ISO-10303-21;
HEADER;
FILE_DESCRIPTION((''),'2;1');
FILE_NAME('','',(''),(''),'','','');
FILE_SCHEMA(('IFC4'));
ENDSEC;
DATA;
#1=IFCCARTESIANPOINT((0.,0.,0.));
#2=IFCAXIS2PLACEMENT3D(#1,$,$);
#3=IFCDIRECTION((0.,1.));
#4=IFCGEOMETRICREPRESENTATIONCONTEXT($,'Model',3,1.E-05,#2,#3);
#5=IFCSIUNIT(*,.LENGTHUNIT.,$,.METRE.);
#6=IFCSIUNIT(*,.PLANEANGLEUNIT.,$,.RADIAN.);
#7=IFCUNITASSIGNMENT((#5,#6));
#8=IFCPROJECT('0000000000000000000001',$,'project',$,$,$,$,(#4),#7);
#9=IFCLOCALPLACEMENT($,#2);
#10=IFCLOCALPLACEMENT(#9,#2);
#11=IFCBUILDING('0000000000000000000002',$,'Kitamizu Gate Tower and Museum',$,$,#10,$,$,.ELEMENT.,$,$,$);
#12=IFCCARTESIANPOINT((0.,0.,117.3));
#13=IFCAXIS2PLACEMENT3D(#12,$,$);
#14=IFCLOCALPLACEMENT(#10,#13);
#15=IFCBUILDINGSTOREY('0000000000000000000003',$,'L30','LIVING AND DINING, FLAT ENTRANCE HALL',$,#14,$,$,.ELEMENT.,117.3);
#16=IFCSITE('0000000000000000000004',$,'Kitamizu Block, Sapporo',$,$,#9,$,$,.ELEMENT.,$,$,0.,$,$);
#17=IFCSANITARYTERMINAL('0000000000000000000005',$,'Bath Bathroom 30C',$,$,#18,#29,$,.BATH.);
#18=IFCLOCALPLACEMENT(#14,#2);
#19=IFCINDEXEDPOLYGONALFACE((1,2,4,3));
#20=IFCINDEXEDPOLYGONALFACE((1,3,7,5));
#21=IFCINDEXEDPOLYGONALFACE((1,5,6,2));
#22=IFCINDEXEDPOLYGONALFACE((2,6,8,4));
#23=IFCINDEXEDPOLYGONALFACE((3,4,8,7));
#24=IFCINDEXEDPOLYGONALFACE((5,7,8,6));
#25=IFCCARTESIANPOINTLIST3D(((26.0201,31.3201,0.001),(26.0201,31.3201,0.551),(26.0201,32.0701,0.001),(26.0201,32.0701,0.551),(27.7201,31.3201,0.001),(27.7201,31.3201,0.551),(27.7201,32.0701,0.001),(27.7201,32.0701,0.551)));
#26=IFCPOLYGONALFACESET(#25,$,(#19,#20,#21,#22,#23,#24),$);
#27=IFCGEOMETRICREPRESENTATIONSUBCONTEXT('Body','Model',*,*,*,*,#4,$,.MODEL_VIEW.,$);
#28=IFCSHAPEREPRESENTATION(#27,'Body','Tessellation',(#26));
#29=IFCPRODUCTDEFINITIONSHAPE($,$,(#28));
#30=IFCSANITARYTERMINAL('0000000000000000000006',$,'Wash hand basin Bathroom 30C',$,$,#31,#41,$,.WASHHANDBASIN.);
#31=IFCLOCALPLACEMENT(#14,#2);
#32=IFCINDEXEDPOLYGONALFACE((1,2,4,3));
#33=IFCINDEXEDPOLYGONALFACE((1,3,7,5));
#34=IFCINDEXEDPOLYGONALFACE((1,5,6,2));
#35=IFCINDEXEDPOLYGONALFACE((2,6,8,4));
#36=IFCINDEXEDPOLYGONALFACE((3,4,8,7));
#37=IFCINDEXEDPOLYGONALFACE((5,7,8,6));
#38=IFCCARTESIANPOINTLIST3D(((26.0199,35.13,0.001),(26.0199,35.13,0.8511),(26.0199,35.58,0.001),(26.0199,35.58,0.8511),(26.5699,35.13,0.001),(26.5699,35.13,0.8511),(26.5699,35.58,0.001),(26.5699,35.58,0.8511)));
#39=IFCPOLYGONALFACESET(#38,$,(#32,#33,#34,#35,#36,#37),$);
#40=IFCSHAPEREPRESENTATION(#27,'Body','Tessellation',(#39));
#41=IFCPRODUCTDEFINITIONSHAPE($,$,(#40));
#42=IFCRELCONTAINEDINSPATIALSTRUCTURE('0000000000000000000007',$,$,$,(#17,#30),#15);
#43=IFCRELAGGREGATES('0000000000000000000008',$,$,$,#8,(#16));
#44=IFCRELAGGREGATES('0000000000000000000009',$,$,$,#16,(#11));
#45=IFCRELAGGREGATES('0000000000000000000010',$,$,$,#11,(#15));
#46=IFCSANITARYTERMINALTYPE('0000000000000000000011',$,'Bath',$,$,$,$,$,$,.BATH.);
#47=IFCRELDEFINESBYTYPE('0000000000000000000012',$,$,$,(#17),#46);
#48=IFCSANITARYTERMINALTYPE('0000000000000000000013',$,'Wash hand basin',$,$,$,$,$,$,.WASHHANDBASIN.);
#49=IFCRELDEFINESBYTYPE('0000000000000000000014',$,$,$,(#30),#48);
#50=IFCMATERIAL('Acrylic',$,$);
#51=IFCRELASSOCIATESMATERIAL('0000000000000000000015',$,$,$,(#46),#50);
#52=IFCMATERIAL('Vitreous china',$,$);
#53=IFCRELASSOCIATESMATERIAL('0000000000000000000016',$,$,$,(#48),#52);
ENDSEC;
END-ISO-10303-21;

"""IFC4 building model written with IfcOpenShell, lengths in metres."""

from ifc_helpers import new_model, si_unit, direction, frame, origin, origin_2d, place, context, subcontext, project, spatial, rectangle, extrude, material, type_object, element, save


model = new_model("IFC4")

# Units and contexts
model_context = context("Model", 3, precision=1e-05, world=origin(), true_north=direction((0.0, 1.0)))
body_context = subcontext(model_context, "Body", "Model", "MODEL_VIEW")
ifc_project = project(units=[si_unit("LENGTHUNIT", "METRE"), si_unit("PLANEANGLEUNIT", "RADIAN")], contexts=[model_context])

# Site, building, storey
site_placement = place(None, origin())
site = spatial("IfcSite", under=ifc_project, at=site_placement, Name="Kitamizu Block, Sapporo", CompositionType="ELEMENT", RefElevation=0.0)
building_placement = place(site_placement, origin())
building = spatial("IfcBuilding", under=site, at=building_placement, Name="Kitamizu Gate Tower and Museum", CompositionType="ELEMENT")
storey_placement = place(building_placement, frame((0.0, 0.0, 117.3)))
storey = spatial("IfcBuildingStorey", under=building, at=storey_placement, Name="L30", Description="LIVING AND DINING, FLAT ENTRANCE HALL", CompositionType="ELEMENT", Elevation=117.3)

# Sanitary terminals
ifc_material_1 = material(Name="Acrylic")
sanitary_terminal_type_1 = type_object("IfcSanitaryTerminalType", Name="Bath", PredefinedType="BATH", material=ifc_material_1)
for number, where, z_axis, x_axis, name in (
    (1, (26.8701, 31.6951, 0.001), (0.0, 0.0, 1.0), (1.0, 0.0, 0.0), "Bath Bathroom 30C"),
):
    element("IfcSanitaryTerminal", number, at=place(storey_placement, frame(where, z_axis=z_axis, x_axis=x_axis)), inside=storey, type_object=sanitary_terminal_type_1, Name=name, PredefinedType="BATH", context=body_context, shape_type="SweptSolid", body=[
        extrude(rectangle(XDim=1.7, YDim=0.75, at=origin_2d()), origin(), (0.0, 0.0, 1.0), 0.55),
    ])
ifc_material_2 = material(Name="Vitreous china")
sanitary_terminal_type_2 = type_object("IfcSanitaryTerminalType", Name="Wash hand basin", PredefinedType="WASHHANDBASIN", material=ifc_material_2)
sanitary_terminal_placement = place(storey_placement, frame((26.2949, 35.355, 0.001), z_axis=(0.0, 0.0, 1.0), x_axis=(1.0, 0.0, 0.0)))
element("IfcSanitaryTerminal", 2, at=sanitary_terminal_placement, inside=storey, type_object=sanitary_terminal_type_2, Name="Wash hand basin Bathroom 30C", PredefinedType="WASHHANDBASIN", context=body_context, shape_type="SweptSolid", body=[
    extrude(rectangle(XDim=0.55, YDim=0.45, at=origin_2d()), origin(), (0.0, 0.0, 1.0), 0.8501),
])

save(model, "model.ifc")
